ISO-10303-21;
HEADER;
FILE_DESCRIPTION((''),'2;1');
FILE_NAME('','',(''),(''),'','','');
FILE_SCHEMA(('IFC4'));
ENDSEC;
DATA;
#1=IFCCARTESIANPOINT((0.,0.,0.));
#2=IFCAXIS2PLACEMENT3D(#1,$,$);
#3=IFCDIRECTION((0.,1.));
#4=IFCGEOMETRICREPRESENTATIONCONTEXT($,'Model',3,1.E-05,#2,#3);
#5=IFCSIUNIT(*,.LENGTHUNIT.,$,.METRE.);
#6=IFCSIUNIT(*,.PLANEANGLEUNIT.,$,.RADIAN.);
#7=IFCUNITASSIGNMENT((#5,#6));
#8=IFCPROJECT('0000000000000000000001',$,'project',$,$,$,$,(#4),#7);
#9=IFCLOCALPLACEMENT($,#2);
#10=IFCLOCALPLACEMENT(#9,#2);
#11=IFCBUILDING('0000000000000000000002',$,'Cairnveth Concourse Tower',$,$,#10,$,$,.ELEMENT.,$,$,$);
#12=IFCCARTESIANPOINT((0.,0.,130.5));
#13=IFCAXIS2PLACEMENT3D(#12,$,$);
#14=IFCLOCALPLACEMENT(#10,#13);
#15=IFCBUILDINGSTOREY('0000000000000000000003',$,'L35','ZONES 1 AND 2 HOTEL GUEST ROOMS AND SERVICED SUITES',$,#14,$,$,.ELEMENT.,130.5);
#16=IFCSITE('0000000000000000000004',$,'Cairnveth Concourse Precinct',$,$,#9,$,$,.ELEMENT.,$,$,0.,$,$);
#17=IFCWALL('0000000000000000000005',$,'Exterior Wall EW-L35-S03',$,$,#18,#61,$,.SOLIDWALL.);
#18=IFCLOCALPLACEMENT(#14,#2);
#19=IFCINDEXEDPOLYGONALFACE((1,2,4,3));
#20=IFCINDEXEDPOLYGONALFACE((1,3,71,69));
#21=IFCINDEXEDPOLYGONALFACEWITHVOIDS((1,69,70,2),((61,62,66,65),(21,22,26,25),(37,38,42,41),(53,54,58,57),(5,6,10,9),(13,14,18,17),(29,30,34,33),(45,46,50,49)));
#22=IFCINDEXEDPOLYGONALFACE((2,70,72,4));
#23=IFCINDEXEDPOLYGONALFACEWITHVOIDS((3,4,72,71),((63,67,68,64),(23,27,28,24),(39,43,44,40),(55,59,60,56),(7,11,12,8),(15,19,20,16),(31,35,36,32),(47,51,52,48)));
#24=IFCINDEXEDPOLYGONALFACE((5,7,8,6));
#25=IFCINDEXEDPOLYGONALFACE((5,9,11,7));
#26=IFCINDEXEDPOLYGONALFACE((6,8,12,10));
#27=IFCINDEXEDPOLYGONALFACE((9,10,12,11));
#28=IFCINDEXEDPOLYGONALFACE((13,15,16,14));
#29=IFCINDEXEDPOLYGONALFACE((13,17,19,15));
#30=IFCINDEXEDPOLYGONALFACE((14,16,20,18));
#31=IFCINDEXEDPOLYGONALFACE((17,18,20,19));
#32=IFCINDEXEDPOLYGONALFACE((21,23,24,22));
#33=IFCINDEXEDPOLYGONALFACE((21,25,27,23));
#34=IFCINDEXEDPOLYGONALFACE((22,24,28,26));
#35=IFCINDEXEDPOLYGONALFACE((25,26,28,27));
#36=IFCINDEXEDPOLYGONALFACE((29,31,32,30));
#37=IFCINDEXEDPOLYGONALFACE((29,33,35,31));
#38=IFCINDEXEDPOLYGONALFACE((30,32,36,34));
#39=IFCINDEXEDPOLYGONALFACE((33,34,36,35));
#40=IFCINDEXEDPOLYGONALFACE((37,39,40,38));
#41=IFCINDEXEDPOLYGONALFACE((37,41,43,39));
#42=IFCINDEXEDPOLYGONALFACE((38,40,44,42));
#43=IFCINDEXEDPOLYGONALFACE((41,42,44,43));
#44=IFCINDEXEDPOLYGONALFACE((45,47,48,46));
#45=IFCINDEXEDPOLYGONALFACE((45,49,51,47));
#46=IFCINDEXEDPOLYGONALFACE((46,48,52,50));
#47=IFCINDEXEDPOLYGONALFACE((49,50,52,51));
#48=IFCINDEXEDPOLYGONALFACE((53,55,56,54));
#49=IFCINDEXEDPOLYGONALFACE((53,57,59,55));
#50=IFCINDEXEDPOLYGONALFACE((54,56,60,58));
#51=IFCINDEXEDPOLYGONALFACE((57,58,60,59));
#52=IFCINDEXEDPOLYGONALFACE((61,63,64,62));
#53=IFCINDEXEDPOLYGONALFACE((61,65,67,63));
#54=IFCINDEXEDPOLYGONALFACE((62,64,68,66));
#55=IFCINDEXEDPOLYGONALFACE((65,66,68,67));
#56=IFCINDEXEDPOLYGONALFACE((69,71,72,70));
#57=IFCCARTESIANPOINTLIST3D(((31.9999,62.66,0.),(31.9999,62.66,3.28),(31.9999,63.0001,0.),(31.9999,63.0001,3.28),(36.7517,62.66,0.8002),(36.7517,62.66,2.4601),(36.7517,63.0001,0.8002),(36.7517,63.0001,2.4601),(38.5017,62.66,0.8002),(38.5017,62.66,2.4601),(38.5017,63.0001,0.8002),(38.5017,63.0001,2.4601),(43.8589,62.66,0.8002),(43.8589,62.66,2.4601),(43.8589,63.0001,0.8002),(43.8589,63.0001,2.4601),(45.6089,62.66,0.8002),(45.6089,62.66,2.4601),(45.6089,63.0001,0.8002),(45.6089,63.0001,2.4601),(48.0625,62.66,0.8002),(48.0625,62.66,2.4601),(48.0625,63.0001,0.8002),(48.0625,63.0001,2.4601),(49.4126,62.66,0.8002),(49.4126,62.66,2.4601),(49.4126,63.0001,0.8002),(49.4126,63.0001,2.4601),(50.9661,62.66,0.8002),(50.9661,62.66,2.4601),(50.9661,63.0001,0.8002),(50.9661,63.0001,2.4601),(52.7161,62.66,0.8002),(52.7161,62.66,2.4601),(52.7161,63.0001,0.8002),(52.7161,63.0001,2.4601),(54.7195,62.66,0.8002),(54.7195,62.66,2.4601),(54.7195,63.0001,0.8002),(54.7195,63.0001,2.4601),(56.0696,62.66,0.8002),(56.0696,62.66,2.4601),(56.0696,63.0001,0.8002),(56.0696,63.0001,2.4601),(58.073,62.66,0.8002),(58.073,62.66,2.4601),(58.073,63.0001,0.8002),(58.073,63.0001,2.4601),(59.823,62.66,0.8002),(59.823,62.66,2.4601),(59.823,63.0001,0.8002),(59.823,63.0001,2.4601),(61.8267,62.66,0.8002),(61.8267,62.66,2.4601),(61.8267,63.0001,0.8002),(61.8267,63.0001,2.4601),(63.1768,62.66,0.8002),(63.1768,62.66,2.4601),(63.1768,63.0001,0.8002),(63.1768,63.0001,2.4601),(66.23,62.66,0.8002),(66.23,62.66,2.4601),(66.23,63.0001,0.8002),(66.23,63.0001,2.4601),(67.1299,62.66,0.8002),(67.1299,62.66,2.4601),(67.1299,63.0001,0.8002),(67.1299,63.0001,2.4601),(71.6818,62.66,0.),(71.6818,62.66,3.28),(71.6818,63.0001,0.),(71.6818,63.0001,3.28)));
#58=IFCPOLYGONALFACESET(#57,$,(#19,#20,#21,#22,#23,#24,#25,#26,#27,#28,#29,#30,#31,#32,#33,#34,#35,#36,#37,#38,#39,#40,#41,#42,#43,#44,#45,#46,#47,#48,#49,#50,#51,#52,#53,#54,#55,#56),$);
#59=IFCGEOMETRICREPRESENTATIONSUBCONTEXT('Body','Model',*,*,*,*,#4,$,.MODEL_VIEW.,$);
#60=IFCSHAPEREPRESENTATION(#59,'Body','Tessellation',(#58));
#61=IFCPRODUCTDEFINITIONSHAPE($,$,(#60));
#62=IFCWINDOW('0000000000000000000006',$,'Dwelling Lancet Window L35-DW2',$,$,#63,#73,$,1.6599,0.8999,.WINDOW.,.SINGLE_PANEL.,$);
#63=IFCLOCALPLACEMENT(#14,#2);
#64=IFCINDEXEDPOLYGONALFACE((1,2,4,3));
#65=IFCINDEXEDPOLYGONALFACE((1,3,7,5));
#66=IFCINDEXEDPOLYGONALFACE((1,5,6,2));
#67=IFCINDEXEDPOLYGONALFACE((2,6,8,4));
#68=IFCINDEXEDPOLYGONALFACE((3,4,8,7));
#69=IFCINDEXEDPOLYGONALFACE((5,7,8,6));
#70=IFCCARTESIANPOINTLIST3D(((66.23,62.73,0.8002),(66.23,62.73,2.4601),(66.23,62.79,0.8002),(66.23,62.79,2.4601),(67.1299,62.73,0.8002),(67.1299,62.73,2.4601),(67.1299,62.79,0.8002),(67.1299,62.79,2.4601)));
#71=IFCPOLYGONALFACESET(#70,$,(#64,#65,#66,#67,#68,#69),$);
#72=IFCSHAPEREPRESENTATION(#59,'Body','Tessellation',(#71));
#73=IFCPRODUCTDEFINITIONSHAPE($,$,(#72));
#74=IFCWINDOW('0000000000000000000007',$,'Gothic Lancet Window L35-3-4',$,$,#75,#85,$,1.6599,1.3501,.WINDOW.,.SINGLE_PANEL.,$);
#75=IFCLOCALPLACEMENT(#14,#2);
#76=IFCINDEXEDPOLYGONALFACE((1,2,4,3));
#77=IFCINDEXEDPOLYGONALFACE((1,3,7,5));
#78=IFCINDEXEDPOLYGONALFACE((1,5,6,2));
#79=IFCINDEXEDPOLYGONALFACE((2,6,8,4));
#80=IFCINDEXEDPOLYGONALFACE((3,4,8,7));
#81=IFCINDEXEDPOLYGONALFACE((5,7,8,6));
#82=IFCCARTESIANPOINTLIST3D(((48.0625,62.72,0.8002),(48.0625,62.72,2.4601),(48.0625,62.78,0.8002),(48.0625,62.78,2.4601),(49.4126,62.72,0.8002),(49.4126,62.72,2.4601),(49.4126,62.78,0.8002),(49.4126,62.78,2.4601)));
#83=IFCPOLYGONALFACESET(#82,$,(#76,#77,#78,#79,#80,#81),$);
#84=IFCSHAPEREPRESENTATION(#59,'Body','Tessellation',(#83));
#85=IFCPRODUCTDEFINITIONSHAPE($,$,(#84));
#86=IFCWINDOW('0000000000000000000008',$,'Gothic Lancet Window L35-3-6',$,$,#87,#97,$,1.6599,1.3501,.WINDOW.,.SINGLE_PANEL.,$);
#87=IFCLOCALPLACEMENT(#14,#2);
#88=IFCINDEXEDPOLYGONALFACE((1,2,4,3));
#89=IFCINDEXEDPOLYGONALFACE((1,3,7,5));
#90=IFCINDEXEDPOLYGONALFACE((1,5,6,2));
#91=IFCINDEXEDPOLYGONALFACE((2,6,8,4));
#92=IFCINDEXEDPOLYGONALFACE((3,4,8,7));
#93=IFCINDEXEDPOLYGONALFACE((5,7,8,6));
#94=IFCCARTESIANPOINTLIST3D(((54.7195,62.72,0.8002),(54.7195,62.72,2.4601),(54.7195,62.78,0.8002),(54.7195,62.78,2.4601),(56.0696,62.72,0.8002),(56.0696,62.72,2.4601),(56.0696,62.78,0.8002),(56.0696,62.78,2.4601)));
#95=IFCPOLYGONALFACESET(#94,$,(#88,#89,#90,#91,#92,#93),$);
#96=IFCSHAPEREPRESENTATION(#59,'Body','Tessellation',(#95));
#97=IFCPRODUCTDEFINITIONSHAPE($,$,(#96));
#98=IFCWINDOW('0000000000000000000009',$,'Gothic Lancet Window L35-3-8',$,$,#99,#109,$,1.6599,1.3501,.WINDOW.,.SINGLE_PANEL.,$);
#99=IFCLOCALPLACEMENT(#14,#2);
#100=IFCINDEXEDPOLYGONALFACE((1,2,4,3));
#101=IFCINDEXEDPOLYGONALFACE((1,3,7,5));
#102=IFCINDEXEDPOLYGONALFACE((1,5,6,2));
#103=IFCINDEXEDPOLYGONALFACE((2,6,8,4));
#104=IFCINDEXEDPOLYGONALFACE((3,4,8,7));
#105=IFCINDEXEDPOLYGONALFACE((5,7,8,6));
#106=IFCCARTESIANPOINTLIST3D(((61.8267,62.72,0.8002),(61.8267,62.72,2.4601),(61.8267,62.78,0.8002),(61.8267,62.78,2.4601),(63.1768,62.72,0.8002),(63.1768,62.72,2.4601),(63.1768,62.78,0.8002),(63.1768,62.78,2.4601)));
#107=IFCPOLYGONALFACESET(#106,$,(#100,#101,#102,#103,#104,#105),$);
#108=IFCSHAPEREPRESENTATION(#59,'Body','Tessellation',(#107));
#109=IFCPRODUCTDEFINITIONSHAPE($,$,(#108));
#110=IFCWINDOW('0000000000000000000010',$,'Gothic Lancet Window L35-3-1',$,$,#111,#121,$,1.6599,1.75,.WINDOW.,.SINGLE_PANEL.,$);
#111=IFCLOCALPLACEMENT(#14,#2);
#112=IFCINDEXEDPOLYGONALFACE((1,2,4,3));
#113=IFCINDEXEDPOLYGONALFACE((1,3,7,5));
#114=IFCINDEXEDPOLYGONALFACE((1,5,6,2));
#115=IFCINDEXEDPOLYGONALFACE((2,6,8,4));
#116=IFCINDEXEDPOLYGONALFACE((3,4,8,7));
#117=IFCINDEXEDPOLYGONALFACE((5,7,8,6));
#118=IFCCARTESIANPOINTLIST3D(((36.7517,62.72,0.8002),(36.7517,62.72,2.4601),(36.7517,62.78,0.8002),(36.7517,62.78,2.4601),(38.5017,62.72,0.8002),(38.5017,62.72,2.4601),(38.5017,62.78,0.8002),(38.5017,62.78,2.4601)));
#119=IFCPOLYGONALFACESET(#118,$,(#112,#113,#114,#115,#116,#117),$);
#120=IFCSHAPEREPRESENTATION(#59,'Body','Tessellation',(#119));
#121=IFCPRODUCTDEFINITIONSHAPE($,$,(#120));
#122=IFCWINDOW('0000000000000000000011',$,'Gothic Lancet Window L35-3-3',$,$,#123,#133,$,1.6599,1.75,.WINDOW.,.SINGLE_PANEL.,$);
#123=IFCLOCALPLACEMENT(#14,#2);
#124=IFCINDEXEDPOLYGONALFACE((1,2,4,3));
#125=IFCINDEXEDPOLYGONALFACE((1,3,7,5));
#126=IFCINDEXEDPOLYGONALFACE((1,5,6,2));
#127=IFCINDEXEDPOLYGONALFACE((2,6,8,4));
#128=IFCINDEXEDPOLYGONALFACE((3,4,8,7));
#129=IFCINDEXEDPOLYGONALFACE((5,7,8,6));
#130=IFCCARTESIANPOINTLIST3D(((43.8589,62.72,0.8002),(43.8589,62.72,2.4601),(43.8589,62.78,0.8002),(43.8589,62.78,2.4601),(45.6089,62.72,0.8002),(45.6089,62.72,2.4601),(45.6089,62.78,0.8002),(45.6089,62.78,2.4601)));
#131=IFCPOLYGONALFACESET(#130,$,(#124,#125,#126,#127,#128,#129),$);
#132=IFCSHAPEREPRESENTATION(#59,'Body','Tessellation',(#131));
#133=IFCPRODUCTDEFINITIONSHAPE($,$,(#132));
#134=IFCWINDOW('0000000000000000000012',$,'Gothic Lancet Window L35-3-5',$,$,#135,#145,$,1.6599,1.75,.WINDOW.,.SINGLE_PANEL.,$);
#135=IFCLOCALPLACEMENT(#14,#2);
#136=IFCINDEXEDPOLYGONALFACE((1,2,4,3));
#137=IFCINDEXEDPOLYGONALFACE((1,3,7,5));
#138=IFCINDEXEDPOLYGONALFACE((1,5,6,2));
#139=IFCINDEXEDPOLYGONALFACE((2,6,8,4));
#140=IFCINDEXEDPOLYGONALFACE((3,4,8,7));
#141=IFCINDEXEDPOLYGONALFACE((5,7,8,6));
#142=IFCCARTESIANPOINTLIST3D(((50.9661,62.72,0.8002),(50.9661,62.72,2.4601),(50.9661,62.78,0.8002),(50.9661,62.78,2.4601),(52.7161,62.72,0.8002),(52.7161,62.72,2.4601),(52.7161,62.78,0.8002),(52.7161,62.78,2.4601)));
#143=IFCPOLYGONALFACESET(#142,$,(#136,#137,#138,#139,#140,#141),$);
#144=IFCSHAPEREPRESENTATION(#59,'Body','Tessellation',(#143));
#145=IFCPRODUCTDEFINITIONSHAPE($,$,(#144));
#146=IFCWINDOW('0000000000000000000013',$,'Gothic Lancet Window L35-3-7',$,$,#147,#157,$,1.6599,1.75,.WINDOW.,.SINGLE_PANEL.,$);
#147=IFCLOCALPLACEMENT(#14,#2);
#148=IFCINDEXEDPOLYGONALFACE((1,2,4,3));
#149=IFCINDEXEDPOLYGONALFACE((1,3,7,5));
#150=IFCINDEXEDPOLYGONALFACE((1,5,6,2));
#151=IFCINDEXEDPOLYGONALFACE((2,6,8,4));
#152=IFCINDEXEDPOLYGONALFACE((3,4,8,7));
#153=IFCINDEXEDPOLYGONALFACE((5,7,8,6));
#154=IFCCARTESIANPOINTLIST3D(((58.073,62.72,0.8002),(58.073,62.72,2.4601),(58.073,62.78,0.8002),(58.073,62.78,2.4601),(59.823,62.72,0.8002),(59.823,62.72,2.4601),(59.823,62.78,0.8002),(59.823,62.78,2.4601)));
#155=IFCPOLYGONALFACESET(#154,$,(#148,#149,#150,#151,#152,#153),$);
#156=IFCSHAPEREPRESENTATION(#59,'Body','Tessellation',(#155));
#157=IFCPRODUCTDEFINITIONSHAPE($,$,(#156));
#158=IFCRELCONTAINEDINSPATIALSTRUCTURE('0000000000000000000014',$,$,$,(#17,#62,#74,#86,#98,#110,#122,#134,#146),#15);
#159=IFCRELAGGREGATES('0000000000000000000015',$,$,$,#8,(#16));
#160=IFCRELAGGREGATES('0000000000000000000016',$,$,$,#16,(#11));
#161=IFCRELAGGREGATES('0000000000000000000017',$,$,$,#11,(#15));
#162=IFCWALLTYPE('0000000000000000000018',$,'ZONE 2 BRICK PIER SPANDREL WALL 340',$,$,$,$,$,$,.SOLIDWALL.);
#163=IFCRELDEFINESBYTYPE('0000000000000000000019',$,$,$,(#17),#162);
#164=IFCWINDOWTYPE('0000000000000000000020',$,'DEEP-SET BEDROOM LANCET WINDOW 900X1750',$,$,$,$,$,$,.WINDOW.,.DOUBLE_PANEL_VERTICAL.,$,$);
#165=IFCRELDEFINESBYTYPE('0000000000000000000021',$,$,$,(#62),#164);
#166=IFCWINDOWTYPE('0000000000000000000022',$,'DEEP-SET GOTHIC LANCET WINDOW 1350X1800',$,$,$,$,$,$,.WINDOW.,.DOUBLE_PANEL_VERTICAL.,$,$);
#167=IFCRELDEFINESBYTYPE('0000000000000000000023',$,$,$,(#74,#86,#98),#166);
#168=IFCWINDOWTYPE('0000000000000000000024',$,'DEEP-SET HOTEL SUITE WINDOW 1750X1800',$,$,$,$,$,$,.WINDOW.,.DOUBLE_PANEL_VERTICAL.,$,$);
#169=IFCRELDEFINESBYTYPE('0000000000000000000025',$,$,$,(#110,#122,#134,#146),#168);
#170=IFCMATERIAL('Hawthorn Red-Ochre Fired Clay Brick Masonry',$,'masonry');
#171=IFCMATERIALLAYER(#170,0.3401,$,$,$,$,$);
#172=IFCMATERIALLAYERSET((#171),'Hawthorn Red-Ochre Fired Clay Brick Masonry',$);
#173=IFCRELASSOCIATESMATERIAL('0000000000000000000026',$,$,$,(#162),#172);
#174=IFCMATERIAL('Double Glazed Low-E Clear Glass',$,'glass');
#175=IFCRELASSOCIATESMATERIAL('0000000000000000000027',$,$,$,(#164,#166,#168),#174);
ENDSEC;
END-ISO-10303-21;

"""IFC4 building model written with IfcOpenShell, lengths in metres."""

from ifc_helpers import new_model, si_unit, direction, frame, frame_2d, origin, place, context, subcontext, project, spatial, rectangle, extrude, material, layer, layer_set, type_object, element, fill, save


model = new_model("IFC4")

# Units and contexts
model_context = context("Model", 3, precision=1e-05, world=origin(), true_north=direction((0.0, 1.0)))
body_context = subcontext(model_context, "Body", "Model", "MODEL_VIEW")
ifc_project = project(units=[si_unit("LENGTHUNIT", "METRE"), si_unit("PLANEANGLEUNIT", "RADIAN")], contexts=[model_context])

# Site, building, storey
site_placement = place(None, origin())
site = spatial("IfcSite", under=ifc_project, at=site_placement, Name="Cairnveth Concourse Precinct", CompositionType="ELEMENT", RefElevation=0.0)
building_placement = place(site_placement, origin())
building = spatial("IfcBuilding", under=site, at=building_placement, Name="Cairnveth Concourse Tower", CompositionType="ELEMENT")
storey_placement = place(building_placement, frame((0.0, 0.0, 130.5)))
storey = spatial("IfcBuildingStorey", under=building, at=storey_placement, Name="L35", Description="ZONES 1 AND 2 HOTEL GUEST ROOMS AND SERVICED SUITES", CompositionType="ELEMENT", Elevation=130.5)

# Shared definitions
ifc_material_1 = material(Name="Hawthorn Red-Ochre Fired Clay Brick Masonry", Category="masonry")
ifc_layer_1 = layer(ifc_material_1, 0.3401)
ifc_layer_set_1 = layer_set([ifc_layer_1], Name="Hawthorn Red-Ochre Fired Clay Brick Masonry")
wall_type = type_object("IfcWallType", Name="ZONE 2 BRICK PIER SPANDREL WALL 340", PredefinedType="SOLIDWALL", material=ifc_layer_set_1)

# Wall, openings, windows
wall_1_placement = place(storey_placement, frame((32.0, 62.8301, 0.0), z_axis=(0.0, 0.0, 1.0), x_axis=(1.0, 0.0, 0.0)))
wall_1 = element("IfcWall", 1, at=wall_1_placement, inside=storey, type_object=wall_type, Name="Exterior Wall EW-L35-S03", PredefinedType="SOLIDWALL", context=body_context, shape_type="SweptSolid", body=[
    extrude(rectangle(XDim=39.6819, YDim=0.3401, at=frame_2d((19.8408, 0.0))), origin(), (0.0, 0.0, 1.0), 3.28),
])
opening_1_placement = place(wall_1_placement, frame((4.7517, 0.0, 0.8)))
opening_1 = element("IfcOpeningElement", 2, at=opening_1_placement, cuts=wall_1, PredefinedType="OPENING", context=body_context, shape_type="SweptSolid", body=[
    extrude(rectangle(XDim=1.75, YDim=1.6599, at=frame_2d((0.875, 0.8301))), frame((0.0, 0.1799, 0.0), z_axis=(0.0, -1.0, 0.0), x_axis=(1.0, 0.0, 0.0)), (0.0, 0.0, 1.0), 0.3601),
])
opening_2_placement = place(wall_1_placement, frame((11.8589, 0.0, 0.8)))
opening_2 = element("IfcOpeningElement", 3, at=opening_2_placement, cuts=wall_1, PredefinedType="OPENING", context=body_context, shape_type="SweptSolid", body=[
    extrude(rectangle(XDim=1.75, YDim=1.6599, at=frame_2d((0.875, 0.8301))), frame((0.0, 0.1799, 0.0), z_axis=(0.0, -1.0, 0.0), x_axis=(1.0, 0.0, 0.0)), (0.0, 0.0, 1.0), 0.3601),
])
opening_3_placement = place(wall_1_placement, frame((16.0625, 0.0, 0.8)))
opening_3 = element("IfcOpeningElement", 4, at=opening_3_placement, cuts=wall_1, PredefinedType="OPENING", context=body_context, shape_type="SweptSolid", body=[
    extrude(rectangle(XDim=1.3501, YDim=1.6599, at=frame_2d((0.675, 0.8301))), frame((0.0, 0.1799, 0.0), z_axis=(0.0, -1.0, 0.0), x_axis=(1.0, 0.0, 0.0)), (0.0, 0.0, 1.0), 0.3601),
])
opening_4_placement = place(wall_1_placement, frame((18.9661, 0.0, 0.8)))
opening_4 = element("IfcOpeningElement", 5, at=opening_4_placement, cuts=wall_1, PredefinedType="OPENING", context=body_context, shape_type="SweptSolid", body=[
    extrude(rectangle(XDim=1.75, YDim=1.6599, at=frame_2d((0.875, 0.8301))), frame((0.0, 0.1799, 0.0), z_axis=(0.0, -1.0, 0.0), x_axis=(1.0, 0.0, 0.0)), (0.0, 0.0, 1.0), 0.3601),
])
opening_5_placement = place(wall_1_placement, frame((22.7195, 0.0, 0.8)))
opening_5 = element("IfcOpeningElement", 6, at=opening_5_placement, cuts=wall_1, PredefinedType="OPENING", context=body_context, shape_type="SweptSolid", body=[
    extrude(rectangle(XDim=1.3501, YDim=1.6599, at=frame_2d((0.675, 0.8301))), frame((0.0, 0.1799, 0.0), z_axis=(0.0, -1.0, 0.0), x_axis=(1.0, 0.0, 0.0)), (0.0, 0.0, 1.0), 0.3601),
])
opening_6_placement = place(wall_1_placement, frame((26.073, 0.0, 0.8)))
opening_6 = element("IfcOpeningElement", 7, at=opening_6_placement, cuts=wall_1, PredefinedType="OPENING", context=body_context, shape_type="SweptSolid", body=[
    extrude(rectangle(XDim=1.75, YDim=1.6599, at=frame_2d((0.875, 0.8301))), frame((0.0, 0.1799, 0.0), z_axis=(0.0, -1.0, 0.0), x_axis=(1.0, 0.0, 0.0)), (0.0, 0.0, 1.0), 0.3601),
])
opening_7_placement = place(wall_1_placement, frame((29.8267, 0.0, 0.8)))
opening_7 = element("IfcOpeningElement", 8, at=opening_7_placement, cuts=wall_1, PredefinedType="OPENING", context=body_context, shape_type="SweptSolid", body=[
    extrude(rectangle(XDim=1.3501, YDim=1.6599, at=frame_2d((0.675, 0.8301))), frame((0.0, 0.1799, 0.0), z_axis=(0.0, -1.0, 0.0), x_axis=(1.0, 0.0, 0.0)), (0.0, 0.0, 1.0), 0.3601),
])
opening_8_placement = place(wall_1_placement, frame((34.23, 0.0, 0.8)))
opening_8 = element("IfcOpeningElement", 9, at=opening_8_placement, cuts=wall_1, PredefinedType="OPENING", context=body_context, shape_type="SweptSolid", body=[
    extrude(rectangle(XDim=0.8999, YDim=1.6599, at=frame_2d((0.45, 0.8301))), frame((0.0, 0.1799, 0.0), z_axis=(0.0, -1.0, 0.0), x_axis=(1.0, 0.0, 0.0)), (0.0, 0.0, 1.0), 0.3601),
])
ifc_material_2 = material(Name="Double Glazed Low-E Clear Glass", Category="glass")
window_type_1 = type_object("IfcWindowType", Name="DEEP-SET BEDROOM LANCET WINDOW 900X1750", PartitioningType="DOUBLE_PANEL_VERTICAL", PredefinedType="WINDOW", material=ifc_material_2)
window_1_placement = place(opening_8_placement, origin())
window_1 = element("IfcWindow", 10, at=window_1_placement, inside=storey, type_object=window_type_1, Name="Dwelling Lancet Window L35-DW2", OverallHeight=1.6599, OverallWidth=0.8999, PartitioningType="SINGLE_PANEL", PredefinedType="WINDOW", context=body_context, shape_type="SweptSolid", body=[
    extrude(rectangle(XDim=0.8999, YDim=1.6599, at=frame_2d((0.45, 0.8301))), frame((0.0, -0.04, 0.0), z_axis=(0.0, -1.0, 0.0), x_axis=(1.0, 0.0, 0.0)), (0.0, 0.0, 1.0), 0.0601),
])
fill(opening_8, window_1)
window_type_2 = type_object("IfcWindowType", Name="DEEP-SET GOTHIC LANCET WINDOW 1350X1800", PartitioningType="DOUBLE_PANEL_VERTICAL", PredefinedType="WINDOW", material=ifc_material_2)
window_2_placement = place(opening_3_placement, origin())
window_2 = element("IfcWindow", 11, at=window_2_placement, inside=storey, type_object=window_type_2, Name="Gothic Lancet Window L35-3-4", OverallHeight=1.6599, OverallWidth=1.3501, PartitioningType="SINGLE_PANEL", PredefinedType="WINDOW", context=body_context, shape_type="SweptSolid", body=[
    extrude(rectangle(XDim=1.3501, YDim=1.6599, at=frame_2d((0.675, 0.8301))), frame((0.0, -0.05, 0.0), z_axis=(0.0, -1.0, 0.0), x_axis=(1.0, 0.0, 0.0)), (0.0, 0.0, 1.0), 0.0601),
])
fill(opening_3, window_2)
window_3_placement = place(opening_5_placement, origin())
window_3 = element("IfcWindow", 12, at=window_3_placement, inside=storey, type_object=window_type_2, Name="Gothic Lancet Window L35-3-6", OverallHeight=1.6599, OverallWidth=1.3501, PartitioningType="SINGLE_PANEL", PredefinedType="WINDOW", context=body_context, shape_type="SweptSolid", body=[
    extrude(rectangle(XDim=1.3501, YDim=1.6599, at=frame_2d((0.675, 0.8301))), frame((0.0, -0.05, 0.0), z_axis=(0.0, -1.0, 0.0), x_axis=(1.0, 0.0, 0.0)), (0.0, 0.0, 1.0), 0.0601),
])
fill(opening_5, window_3)
window_4_placement = place(opening_7_placement, origin())
window_4 = element("IfcWindow", 13, at=window_4_placement, inside=storey, type_object=window_type_2, Name="Gothic Lancet Window L35-3-8", OverallHeight=1.6599, OverallWidth=1.3501, PartitioningType="SINGLE_PANEL", PredefinedType="WINDOW", context=body_context, shape_type="SweptSolid", body=[
    extrude(rectangle(XDim=1.3501, YDim=1.6599, at=frame_2d((0.675, 0.8301))), frame((0.0, -0.05, 0.0), z_axis=(0.0, -1.0, 0.0), x_axis=(1.0, 0.0, 0.0)), (0.0, 0.0, 1.0), 0.0601),
])
fill(opening_7, window_4)
window_type_3 = type_object("IfcWindowType", Name="DEEP-SET HOTEL SUITE WINDOW 1750X1800", PartitioningType="DOUBLE_PANEL_VERTICAL", PredefinedType="WINDOW", material=ifc_material_2)
window_5_placement = place(opening_1_placement, origin())
window_5 = element("IfcWindow", 14, at=window_5_placement, inside=storey, type_object=window_type_3, Name="Gothic Lancet Window L35-3-1", OverallHeight=1.6599, OverallWidth=1.75, PartitioningType="SINGLE_PANEL", PredefinedType="WINDOW", context=body_context, shape_type="SweptSolid", body=[
    extrude(rectangle(XDim=1.75, YDim=1.6599, at=frame_2d((0.875, 0.8301))), frame((0.0, -0.05, 0.0), z_axis=(0.0, -1.0, 0.0), x_axis=(1.0, 0.0, 0.0)), (0.0, 0.0, 1.0), 0.0601),
])
fill(opening_1, window_5)
window_6_placement = place(opening_2_placement, origin())
window_6 = element("IfcWindow", 15, at=window_6_placement, inside=storey, type_object=window_type_3, Name="Gothic Lancet Window L35-3-3", OverallHeight=1.6599, OverallWidth=1.75, PartitioningType="SINGLE_PANEL", PredefinedType="WINDOW", context=body_context, shape_type="SweptSolid", body=[
    extrude(rectangle(XDim=1.75, YDim=1.6599, at=frame_2d((0.875, 0.8301))), frame((0.0, -0.05, 0.0), z_axis=(0.0, -1.0, 0.0), x_axis=(1.0, 0.0, 0.0)), (0.0, 0.0, 1.0), 0.0601),
])
fill(opening_2, window_6)
window_7_placement = place(opening_4_placement, origin())
window_7 = element("IfcWindow", 16, at=window_7_placement, inside=storey, type_object=window_type_3, Name="Gothic Lancet Window L35-3-5", OverallHeight=1.6599, OverallWidth=1.75, PartitioningType="SINGLE_PANEL", PredefinedType="WINDOW", context=body_context, shape_type="SweptSolid", body=[
    extrude(rectangle(XDim=1.75, YDim=1.6599, at=frame_2d((0.875, 0.8301))), frame((0.0, -0.05, 0.0), z_axis=(0.0, -1.0, 0.0), x_axis=(1.0, 0.0, 0.0)), (0.0, 0.0, 1.0), 0.0601),
])
fill(opening_4, window_7)
window_8_placement = place(opening_6_placement, origin())
window_8 = element("IfcWindow", 17, at=window_8_placement, inside=storey, type_object=window_type_3, Name="Gothic Lancet Window L35-3-7", OverallHeight=1.6599, OverallWidth=1.75, PartitioningType="SINGLE_PANEL", PredefinedType="WINDOW", context=body_context, shape_type="SweptSolid", body=[
    extrude(rectangle(XDim=1.75, YDim=1.6599, at=frame_2d((0.875, 0.8301))), frame((0.0, -0.05, 0.0), z_axis=(0.0, -1.0, 0.0), x_axis=(1.0, 0.0, 0.0)), (0.0, 0.0, 1.0), 0.0601),
])
fill(opening_6, window_8)

save(model, "model.ifc")
